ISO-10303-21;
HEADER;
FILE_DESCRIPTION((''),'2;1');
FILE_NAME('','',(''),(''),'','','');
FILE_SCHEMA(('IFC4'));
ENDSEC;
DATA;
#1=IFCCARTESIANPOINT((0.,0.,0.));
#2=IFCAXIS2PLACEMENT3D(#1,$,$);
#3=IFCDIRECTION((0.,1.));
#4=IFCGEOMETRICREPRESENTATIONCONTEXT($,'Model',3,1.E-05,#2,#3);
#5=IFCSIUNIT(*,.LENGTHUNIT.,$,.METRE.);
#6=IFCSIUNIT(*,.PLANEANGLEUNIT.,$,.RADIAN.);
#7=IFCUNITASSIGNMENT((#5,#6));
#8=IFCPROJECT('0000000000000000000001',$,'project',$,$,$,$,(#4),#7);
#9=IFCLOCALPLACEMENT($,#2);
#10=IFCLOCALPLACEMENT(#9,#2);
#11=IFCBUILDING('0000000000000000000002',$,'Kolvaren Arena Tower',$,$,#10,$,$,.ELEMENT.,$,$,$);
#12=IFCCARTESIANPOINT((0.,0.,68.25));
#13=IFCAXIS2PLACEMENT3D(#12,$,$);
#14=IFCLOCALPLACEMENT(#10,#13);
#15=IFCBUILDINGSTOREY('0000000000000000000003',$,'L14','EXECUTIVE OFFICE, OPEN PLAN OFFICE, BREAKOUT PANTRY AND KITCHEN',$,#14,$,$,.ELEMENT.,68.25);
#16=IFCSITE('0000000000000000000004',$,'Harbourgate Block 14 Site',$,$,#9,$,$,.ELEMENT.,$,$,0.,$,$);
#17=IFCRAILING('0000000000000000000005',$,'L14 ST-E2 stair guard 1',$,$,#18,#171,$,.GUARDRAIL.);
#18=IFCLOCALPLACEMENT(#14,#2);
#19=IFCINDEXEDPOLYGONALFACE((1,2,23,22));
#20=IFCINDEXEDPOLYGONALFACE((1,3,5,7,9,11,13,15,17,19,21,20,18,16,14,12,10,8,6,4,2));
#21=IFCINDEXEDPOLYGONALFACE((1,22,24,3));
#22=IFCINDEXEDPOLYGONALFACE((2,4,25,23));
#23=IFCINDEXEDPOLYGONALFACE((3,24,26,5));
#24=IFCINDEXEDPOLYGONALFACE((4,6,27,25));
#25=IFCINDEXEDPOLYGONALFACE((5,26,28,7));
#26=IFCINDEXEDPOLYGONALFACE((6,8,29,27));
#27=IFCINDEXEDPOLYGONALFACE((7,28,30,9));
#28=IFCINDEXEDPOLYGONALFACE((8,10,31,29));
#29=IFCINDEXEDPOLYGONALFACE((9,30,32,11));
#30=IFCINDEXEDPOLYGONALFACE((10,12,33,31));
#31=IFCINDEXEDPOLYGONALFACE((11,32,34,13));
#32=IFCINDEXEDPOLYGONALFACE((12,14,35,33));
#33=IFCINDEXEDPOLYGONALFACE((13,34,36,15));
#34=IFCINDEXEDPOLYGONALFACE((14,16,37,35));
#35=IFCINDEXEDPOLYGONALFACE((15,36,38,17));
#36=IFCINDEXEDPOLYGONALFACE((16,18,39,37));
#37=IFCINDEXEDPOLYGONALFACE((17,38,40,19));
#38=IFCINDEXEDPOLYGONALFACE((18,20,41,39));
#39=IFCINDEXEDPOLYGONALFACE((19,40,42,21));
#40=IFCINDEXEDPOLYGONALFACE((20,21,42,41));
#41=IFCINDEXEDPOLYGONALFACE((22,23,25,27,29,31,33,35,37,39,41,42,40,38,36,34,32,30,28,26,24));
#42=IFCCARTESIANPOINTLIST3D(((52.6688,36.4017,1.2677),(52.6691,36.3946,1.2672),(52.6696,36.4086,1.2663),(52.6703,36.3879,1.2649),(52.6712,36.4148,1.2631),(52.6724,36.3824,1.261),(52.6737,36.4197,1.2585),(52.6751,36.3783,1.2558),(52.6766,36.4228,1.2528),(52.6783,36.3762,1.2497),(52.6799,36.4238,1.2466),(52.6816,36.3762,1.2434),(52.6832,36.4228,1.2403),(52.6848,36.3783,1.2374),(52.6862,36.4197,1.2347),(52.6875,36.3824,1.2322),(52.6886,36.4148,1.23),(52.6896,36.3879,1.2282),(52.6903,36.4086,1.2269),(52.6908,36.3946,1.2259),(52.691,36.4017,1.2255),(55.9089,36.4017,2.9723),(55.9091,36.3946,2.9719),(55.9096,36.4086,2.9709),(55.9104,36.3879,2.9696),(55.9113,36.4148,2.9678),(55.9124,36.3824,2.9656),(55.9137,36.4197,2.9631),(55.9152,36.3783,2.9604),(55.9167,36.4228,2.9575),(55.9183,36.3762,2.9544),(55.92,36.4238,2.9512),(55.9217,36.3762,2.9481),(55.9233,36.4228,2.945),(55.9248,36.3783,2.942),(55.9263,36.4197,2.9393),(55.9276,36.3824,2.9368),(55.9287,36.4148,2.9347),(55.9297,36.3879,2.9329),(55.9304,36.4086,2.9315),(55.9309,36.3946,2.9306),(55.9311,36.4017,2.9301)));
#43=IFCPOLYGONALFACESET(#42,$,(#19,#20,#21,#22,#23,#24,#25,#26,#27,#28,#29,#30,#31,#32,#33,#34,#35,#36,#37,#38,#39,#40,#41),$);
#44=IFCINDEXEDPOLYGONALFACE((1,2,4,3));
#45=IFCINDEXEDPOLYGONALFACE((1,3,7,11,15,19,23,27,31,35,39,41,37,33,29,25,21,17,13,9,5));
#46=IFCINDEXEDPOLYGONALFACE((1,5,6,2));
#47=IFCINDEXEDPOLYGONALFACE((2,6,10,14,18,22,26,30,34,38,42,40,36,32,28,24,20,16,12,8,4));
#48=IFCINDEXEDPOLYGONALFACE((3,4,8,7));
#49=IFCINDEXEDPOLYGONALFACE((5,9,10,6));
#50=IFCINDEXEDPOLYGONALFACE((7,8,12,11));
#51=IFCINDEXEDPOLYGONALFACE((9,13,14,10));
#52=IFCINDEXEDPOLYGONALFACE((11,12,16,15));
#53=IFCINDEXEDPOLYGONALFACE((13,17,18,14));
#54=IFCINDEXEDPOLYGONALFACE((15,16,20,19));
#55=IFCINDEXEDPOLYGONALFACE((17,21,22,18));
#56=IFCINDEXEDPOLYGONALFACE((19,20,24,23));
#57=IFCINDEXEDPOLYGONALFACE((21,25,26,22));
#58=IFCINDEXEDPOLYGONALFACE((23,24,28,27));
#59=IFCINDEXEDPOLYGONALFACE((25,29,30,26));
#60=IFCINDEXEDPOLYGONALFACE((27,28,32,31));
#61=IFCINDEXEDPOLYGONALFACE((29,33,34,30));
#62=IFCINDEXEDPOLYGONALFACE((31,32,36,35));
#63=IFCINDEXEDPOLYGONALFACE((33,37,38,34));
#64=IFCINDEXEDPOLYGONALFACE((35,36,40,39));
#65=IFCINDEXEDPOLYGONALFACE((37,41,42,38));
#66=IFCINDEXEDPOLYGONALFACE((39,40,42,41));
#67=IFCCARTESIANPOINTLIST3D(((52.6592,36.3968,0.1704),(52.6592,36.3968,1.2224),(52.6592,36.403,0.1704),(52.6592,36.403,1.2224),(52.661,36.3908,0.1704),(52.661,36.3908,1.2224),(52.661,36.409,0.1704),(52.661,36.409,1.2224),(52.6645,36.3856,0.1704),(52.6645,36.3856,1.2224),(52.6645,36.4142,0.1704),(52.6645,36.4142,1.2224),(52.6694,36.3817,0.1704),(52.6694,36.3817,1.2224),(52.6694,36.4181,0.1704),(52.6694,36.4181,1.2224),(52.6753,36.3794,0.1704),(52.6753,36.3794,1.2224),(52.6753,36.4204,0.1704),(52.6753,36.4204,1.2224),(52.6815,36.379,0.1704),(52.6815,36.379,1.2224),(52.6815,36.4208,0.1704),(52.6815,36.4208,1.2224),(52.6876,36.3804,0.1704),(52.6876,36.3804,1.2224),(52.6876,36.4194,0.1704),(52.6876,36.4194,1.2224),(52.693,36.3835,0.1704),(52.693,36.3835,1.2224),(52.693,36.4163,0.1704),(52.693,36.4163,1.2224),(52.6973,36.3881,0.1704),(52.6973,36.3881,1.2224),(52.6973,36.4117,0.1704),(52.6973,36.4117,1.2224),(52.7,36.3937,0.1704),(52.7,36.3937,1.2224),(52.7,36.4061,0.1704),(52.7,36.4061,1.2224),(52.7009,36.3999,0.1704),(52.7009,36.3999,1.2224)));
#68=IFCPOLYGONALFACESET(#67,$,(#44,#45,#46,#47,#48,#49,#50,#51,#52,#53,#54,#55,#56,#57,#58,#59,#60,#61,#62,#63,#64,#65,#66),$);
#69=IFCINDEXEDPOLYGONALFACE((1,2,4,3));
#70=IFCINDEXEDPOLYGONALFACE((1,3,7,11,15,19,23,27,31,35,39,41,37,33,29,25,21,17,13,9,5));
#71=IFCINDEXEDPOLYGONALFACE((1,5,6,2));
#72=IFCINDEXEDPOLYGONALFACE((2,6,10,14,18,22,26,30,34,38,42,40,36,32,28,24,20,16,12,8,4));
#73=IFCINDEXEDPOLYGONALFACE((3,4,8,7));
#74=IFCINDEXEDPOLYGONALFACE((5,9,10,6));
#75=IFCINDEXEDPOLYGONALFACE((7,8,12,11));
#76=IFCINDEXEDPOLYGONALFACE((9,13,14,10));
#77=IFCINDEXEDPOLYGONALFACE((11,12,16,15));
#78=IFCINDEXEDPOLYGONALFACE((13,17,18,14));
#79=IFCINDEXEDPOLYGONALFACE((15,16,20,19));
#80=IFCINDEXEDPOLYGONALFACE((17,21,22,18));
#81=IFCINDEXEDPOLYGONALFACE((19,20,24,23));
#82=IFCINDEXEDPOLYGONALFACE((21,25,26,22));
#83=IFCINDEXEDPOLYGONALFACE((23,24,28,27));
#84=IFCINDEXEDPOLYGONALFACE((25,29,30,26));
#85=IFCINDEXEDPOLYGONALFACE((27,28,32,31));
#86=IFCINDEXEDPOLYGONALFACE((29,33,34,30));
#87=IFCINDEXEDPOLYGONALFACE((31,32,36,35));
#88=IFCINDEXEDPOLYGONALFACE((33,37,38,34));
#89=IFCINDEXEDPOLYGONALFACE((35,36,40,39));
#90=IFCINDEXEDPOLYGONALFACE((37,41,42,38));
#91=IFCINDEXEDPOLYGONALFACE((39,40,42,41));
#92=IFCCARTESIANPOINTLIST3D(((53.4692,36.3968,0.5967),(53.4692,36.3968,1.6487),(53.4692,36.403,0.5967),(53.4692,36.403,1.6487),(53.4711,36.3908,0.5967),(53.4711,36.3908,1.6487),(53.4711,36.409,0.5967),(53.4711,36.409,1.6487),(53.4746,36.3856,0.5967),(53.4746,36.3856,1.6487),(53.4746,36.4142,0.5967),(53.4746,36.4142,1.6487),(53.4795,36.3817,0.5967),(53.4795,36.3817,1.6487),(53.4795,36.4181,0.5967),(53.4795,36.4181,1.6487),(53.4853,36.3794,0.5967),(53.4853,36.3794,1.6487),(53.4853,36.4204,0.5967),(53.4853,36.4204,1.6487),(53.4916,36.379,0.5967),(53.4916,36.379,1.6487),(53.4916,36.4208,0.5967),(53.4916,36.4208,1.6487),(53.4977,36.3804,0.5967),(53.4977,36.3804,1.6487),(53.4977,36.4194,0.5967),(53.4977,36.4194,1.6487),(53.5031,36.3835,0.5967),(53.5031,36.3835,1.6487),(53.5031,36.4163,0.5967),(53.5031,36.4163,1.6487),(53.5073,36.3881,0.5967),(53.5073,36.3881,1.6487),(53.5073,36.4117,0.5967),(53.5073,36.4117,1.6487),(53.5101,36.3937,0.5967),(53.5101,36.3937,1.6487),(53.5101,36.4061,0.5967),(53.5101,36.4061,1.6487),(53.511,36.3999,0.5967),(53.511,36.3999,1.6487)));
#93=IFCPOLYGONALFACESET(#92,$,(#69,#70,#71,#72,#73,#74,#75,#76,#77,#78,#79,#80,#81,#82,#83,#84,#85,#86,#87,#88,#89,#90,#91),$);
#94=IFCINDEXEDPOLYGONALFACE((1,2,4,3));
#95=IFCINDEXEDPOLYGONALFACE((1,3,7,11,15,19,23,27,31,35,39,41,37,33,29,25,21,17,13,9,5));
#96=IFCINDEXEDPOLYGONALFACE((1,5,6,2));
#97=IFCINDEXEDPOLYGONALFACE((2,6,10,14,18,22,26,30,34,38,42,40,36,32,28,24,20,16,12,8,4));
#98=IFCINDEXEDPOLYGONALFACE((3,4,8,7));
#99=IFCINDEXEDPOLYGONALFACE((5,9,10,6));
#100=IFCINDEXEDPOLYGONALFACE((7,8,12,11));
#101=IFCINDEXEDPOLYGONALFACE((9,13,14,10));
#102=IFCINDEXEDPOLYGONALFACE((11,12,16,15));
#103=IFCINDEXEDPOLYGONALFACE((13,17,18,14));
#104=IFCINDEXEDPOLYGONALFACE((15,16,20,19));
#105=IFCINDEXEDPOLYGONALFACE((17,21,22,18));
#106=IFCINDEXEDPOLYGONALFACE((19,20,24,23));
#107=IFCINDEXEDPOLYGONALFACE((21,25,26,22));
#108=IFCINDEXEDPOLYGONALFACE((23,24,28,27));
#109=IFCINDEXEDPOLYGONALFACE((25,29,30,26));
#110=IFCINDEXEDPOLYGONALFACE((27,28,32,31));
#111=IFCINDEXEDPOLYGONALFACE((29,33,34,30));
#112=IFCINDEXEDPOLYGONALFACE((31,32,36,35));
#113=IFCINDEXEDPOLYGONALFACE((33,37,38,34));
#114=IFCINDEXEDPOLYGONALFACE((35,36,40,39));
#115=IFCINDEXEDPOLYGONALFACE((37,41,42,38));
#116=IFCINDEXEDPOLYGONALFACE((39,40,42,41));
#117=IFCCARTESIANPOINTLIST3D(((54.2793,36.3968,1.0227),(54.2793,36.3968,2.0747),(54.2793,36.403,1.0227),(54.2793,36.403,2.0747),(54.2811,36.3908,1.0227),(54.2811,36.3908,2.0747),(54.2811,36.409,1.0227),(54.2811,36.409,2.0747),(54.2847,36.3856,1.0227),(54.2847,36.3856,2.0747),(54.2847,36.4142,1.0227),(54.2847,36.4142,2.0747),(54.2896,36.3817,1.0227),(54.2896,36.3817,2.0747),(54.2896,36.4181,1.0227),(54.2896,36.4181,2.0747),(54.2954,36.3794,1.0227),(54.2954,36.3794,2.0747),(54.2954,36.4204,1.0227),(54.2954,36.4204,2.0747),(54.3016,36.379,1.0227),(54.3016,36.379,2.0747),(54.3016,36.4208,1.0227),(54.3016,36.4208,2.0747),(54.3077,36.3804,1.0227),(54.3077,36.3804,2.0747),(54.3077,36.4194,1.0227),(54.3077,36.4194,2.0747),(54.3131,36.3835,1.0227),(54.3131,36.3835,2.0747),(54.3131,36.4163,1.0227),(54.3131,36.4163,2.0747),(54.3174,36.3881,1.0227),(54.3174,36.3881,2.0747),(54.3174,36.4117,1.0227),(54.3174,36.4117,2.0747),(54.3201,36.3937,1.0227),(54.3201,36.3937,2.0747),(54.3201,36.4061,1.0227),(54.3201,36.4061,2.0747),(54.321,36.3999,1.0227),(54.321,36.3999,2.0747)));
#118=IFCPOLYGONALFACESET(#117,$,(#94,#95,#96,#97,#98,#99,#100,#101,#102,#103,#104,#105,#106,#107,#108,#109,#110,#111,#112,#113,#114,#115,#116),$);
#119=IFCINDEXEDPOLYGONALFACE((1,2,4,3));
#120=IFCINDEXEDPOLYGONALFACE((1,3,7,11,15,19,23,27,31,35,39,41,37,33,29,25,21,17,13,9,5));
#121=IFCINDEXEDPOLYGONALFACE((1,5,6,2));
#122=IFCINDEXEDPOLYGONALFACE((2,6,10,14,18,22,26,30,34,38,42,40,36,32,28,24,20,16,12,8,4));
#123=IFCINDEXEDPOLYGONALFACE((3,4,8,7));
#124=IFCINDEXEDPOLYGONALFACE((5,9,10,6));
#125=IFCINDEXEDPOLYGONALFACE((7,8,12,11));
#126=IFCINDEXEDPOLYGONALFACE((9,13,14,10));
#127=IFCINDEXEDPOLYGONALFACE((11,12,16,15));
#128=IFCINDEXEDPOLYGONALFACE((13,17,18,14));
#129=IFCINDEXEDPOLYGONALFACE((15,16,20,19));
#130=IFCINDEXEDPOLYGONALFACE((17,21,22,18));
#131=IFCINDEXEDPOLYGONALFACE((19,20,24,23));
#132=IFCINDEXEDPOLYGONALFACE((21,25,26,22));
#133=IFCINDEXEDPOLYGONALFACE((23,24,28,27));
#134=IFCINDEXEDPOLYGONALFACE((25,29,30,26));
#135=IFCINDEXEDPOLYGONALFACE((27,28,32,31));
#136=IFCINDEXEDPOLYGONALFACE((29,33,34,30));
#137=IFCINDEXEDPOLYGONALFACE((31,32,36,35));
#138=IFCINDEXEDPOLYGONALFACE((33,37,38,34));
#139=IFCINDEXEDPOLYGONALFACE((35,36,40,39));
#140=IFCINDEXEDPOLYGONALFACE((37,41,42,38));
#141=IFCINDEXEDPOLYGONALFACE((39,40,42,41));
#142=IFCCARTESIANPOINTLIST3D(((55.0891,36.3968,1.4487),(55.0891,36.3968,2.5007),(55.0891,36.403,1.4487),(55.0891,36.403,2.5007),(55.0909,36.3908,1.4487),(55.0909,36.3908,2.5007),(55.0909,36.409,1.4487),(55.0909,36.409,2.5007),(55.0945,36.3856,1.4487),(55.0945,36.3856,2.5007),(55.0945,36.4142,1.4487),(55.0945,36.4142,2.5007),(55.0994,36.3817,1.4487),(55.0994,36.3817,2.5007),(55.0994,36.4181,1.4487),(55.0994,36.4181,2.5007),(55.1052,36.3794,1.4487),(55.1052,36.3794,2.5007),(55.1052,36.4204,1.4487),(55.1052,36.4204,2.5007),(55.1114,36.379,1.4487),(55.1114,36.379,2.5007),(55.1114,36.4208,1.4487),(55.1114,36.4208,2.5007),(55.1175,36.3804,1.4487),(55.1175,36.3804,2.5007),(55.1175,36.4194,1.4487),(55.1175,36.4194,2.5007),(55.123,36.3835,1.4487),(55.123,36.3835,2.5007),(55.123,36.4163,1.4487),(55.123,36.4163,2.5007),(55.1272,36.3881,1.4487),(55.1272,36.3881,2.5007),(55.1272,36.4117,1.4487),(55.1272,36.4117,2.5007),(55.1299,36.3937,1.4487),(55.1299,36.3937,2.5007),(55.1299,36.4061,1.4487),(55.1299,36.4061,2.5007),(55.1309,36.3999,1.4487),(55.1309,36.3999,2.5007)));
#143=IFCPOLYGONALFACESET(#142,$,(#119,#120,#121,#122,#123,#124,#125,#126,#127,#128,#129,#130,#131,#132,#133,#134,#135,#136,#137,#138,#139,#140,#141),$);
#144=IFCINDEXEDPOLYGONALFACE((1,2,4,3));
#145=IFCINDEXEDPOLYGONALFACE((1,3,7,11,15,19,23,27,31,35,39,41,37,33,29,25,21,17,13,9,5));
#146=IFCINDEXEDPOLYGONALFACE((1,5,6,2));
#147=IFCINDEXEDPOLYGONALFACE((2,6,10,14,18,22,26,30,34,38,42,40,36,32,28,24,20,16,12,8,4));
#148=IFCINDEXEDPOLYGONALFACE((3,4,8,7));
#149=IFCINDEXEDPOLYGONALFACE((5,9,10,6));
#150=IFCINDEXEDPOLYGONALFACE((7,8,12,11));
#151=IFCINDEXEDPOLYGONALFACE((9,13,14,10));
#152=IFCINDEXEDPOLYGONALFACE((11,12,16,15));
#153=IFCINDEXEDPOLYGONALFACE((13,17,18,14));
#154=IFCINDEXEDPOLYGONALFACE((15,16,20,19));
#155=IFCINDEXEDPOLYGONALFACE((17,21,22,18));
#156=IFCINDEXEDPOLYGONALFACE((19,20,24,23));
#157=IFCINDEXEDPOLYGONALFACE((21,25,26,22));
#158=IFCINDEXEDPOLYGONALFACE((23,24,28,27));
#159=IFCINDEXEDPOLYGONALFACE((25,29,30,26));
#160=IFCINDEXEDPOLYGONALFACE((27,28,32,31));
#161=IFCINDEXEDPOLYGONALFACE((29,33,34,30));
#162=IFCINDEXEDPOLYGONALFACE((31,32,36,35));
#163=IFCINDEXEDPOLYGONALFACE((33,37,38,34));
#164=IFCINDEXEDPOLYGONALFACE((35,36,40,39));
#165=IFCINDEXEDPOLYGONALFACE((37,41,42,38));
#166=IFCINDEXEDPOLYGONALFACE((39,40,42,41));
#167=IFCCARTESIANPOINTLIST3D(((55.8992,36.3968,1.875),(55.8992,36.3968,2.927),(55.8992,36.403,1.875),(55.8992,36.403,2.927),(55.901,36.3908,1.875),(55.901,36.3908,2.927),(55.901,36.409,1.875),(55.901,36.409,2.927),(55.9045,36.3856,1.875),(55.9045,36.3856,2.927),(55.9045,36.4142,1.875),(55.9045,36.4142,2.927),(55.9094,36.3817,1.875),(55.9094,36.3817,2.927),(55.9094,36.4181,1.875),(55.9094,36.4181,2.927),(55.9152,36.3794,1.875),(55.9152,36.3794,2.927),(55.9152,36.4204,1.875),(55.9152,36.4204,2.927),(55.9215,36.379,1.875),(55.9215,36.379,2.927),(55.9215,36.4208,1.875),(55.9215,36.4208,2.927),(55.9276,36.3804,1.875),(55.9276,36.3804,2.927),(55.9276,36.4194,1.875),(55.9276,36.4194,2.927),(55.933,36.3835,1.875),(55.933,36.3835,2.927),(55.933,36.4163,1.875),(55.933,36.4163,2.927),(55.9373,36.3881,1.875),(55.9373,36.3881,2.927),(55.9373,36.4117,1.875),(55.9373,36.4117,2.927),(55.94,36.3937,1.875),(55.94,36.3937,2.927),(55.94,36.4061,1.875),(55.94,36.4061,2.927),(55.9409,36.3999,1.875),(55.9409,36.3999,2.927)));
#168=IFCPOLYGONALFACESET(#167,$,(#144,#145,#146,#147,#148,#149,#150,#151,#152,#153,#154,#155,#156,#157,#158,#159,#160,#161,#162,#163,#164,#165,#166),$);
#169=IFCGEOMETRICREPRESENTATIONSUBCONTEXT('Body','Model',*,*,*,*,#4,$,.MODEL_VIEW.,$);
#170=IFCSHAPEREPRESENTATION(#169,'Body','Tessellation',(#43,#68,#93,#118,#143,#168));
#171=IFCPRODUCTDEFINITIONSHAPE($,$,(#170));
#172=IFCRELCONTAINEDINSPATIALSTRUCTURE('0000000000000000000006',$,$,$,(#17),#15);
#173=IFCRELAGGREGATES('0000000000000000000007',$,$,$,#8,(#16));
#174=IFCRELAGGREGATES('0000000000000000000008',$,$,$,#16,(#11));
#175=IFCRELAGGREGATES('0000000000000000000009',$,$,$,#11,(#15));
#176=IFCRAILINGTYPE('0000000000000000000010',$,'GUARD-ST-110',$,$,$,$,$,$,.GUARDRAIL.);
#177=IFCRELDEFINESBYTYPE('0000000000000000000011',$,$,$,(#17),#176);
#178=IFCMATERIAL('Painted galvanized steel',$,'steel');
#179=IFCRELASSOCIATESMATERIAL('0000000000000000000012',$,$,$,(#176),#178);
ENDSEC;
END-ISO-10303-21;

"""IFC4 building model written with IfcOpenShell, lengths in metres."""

from ifc_helpers import new_model, si_unit, direction, frame, origin, origin_2d, place, context, subcontext, project, spatial, circle, extrude, material, type_object, element, save


model = new_model("IFC4")

# Units and contexts
model_context = context("Model", 3, precision=1e-05, world=origin(), true_north=direction((0.0, 1.0)))
body_context = subcontext(model_context, "Body", "Model", "MODEL_VIEW")
ifc_project = project(units=[si_unit("LENGTHUNIT", "METRE"), si_unit("PLANEANGLEUNIT", "RADIAN")], contexts=[model_context])

# Site, building, storey
site_placement = place(None, origin())
site = spatial("IfcSite", under=ifc_project, at=site_placement, Name="Harbourgate Block 14 Site", CompositionType="ELEMENT", RefElevation=0.0)
building_placement = place(site_placement, origin())
building = spatial("IfcBuilding", under=site, at=building_placement, Name="Kolvaren Arena Tower", CompositionType="ELEMENT")
storey_placement = place(building_placement, frame((0.0, 0.0, 68.25)))
storey = spatial("IfcBuildingStorey", under=building, at=storey_placement, Name="L14", Description="EXECUTIVE OFFICE, OPEN PLAN OFFICE, BREAKOUT PANTRY AND KITCHEN", CompositionType="ELEMENT", Elevation=68.25)

# Railing
ifc_material_1 = material(Name="Painted galvanized steel", Category="steel")
railing_type = type_object("IfcRailingType", Name="GUARD-ST-110", PredefinedType="GUARDRAIL", material=ifc_material_1)
railing_1_placement = place(storey_placement, frame((52.6799, 36.3999, 0.1704)))
element("IfcRailing", 1, at=railing_1_placement, inside=storey, type_object=railing_type, Name="L14 ST-E2 stair guard 1", PredefinedType="GUARDRAIL", context=body_context, shape_type="SweptSolid", body=[
    extrude(circle(Radius=0.0239, at=origin_2d()), frame((0.0, 0.0, 1.0762), z_axis=(0.884993, 0.0, 0.465604), x_axis=(0.0, 1.0, 0.0)), (0.0, 0.0, 1.0), 3.6611),
    extrude(circle(Radius=0.021, at=origin_2d()), origin(), (0.0, 0.0, 1.0), 1.052),
    extrude(circle(Radius=0.021, at=origin_2d()), frame((0.8101, 0.0, 0.4263)), (0.0, 0.0, 1.0), 1.052),
    extrude(circle(Radius=0.021, at=origin_2d()), frame((1.6201, 0.0, 0.8523)), (0.0, 0.0, 1.0), 1.052),
    extrude(circle(Radius=0.021, at=origin_2d()), frame((2.4299, 0.0, 1.2783)), (0.0, 0.0, 1.0), 1.052),
    extrude(circle(Radius=0.021, at=origin_2d()), frame((3.24, 0.0, 1.7046)), (0.0, 0.0, 1.0), 1.052),
])

save(model, "model.ifc")
